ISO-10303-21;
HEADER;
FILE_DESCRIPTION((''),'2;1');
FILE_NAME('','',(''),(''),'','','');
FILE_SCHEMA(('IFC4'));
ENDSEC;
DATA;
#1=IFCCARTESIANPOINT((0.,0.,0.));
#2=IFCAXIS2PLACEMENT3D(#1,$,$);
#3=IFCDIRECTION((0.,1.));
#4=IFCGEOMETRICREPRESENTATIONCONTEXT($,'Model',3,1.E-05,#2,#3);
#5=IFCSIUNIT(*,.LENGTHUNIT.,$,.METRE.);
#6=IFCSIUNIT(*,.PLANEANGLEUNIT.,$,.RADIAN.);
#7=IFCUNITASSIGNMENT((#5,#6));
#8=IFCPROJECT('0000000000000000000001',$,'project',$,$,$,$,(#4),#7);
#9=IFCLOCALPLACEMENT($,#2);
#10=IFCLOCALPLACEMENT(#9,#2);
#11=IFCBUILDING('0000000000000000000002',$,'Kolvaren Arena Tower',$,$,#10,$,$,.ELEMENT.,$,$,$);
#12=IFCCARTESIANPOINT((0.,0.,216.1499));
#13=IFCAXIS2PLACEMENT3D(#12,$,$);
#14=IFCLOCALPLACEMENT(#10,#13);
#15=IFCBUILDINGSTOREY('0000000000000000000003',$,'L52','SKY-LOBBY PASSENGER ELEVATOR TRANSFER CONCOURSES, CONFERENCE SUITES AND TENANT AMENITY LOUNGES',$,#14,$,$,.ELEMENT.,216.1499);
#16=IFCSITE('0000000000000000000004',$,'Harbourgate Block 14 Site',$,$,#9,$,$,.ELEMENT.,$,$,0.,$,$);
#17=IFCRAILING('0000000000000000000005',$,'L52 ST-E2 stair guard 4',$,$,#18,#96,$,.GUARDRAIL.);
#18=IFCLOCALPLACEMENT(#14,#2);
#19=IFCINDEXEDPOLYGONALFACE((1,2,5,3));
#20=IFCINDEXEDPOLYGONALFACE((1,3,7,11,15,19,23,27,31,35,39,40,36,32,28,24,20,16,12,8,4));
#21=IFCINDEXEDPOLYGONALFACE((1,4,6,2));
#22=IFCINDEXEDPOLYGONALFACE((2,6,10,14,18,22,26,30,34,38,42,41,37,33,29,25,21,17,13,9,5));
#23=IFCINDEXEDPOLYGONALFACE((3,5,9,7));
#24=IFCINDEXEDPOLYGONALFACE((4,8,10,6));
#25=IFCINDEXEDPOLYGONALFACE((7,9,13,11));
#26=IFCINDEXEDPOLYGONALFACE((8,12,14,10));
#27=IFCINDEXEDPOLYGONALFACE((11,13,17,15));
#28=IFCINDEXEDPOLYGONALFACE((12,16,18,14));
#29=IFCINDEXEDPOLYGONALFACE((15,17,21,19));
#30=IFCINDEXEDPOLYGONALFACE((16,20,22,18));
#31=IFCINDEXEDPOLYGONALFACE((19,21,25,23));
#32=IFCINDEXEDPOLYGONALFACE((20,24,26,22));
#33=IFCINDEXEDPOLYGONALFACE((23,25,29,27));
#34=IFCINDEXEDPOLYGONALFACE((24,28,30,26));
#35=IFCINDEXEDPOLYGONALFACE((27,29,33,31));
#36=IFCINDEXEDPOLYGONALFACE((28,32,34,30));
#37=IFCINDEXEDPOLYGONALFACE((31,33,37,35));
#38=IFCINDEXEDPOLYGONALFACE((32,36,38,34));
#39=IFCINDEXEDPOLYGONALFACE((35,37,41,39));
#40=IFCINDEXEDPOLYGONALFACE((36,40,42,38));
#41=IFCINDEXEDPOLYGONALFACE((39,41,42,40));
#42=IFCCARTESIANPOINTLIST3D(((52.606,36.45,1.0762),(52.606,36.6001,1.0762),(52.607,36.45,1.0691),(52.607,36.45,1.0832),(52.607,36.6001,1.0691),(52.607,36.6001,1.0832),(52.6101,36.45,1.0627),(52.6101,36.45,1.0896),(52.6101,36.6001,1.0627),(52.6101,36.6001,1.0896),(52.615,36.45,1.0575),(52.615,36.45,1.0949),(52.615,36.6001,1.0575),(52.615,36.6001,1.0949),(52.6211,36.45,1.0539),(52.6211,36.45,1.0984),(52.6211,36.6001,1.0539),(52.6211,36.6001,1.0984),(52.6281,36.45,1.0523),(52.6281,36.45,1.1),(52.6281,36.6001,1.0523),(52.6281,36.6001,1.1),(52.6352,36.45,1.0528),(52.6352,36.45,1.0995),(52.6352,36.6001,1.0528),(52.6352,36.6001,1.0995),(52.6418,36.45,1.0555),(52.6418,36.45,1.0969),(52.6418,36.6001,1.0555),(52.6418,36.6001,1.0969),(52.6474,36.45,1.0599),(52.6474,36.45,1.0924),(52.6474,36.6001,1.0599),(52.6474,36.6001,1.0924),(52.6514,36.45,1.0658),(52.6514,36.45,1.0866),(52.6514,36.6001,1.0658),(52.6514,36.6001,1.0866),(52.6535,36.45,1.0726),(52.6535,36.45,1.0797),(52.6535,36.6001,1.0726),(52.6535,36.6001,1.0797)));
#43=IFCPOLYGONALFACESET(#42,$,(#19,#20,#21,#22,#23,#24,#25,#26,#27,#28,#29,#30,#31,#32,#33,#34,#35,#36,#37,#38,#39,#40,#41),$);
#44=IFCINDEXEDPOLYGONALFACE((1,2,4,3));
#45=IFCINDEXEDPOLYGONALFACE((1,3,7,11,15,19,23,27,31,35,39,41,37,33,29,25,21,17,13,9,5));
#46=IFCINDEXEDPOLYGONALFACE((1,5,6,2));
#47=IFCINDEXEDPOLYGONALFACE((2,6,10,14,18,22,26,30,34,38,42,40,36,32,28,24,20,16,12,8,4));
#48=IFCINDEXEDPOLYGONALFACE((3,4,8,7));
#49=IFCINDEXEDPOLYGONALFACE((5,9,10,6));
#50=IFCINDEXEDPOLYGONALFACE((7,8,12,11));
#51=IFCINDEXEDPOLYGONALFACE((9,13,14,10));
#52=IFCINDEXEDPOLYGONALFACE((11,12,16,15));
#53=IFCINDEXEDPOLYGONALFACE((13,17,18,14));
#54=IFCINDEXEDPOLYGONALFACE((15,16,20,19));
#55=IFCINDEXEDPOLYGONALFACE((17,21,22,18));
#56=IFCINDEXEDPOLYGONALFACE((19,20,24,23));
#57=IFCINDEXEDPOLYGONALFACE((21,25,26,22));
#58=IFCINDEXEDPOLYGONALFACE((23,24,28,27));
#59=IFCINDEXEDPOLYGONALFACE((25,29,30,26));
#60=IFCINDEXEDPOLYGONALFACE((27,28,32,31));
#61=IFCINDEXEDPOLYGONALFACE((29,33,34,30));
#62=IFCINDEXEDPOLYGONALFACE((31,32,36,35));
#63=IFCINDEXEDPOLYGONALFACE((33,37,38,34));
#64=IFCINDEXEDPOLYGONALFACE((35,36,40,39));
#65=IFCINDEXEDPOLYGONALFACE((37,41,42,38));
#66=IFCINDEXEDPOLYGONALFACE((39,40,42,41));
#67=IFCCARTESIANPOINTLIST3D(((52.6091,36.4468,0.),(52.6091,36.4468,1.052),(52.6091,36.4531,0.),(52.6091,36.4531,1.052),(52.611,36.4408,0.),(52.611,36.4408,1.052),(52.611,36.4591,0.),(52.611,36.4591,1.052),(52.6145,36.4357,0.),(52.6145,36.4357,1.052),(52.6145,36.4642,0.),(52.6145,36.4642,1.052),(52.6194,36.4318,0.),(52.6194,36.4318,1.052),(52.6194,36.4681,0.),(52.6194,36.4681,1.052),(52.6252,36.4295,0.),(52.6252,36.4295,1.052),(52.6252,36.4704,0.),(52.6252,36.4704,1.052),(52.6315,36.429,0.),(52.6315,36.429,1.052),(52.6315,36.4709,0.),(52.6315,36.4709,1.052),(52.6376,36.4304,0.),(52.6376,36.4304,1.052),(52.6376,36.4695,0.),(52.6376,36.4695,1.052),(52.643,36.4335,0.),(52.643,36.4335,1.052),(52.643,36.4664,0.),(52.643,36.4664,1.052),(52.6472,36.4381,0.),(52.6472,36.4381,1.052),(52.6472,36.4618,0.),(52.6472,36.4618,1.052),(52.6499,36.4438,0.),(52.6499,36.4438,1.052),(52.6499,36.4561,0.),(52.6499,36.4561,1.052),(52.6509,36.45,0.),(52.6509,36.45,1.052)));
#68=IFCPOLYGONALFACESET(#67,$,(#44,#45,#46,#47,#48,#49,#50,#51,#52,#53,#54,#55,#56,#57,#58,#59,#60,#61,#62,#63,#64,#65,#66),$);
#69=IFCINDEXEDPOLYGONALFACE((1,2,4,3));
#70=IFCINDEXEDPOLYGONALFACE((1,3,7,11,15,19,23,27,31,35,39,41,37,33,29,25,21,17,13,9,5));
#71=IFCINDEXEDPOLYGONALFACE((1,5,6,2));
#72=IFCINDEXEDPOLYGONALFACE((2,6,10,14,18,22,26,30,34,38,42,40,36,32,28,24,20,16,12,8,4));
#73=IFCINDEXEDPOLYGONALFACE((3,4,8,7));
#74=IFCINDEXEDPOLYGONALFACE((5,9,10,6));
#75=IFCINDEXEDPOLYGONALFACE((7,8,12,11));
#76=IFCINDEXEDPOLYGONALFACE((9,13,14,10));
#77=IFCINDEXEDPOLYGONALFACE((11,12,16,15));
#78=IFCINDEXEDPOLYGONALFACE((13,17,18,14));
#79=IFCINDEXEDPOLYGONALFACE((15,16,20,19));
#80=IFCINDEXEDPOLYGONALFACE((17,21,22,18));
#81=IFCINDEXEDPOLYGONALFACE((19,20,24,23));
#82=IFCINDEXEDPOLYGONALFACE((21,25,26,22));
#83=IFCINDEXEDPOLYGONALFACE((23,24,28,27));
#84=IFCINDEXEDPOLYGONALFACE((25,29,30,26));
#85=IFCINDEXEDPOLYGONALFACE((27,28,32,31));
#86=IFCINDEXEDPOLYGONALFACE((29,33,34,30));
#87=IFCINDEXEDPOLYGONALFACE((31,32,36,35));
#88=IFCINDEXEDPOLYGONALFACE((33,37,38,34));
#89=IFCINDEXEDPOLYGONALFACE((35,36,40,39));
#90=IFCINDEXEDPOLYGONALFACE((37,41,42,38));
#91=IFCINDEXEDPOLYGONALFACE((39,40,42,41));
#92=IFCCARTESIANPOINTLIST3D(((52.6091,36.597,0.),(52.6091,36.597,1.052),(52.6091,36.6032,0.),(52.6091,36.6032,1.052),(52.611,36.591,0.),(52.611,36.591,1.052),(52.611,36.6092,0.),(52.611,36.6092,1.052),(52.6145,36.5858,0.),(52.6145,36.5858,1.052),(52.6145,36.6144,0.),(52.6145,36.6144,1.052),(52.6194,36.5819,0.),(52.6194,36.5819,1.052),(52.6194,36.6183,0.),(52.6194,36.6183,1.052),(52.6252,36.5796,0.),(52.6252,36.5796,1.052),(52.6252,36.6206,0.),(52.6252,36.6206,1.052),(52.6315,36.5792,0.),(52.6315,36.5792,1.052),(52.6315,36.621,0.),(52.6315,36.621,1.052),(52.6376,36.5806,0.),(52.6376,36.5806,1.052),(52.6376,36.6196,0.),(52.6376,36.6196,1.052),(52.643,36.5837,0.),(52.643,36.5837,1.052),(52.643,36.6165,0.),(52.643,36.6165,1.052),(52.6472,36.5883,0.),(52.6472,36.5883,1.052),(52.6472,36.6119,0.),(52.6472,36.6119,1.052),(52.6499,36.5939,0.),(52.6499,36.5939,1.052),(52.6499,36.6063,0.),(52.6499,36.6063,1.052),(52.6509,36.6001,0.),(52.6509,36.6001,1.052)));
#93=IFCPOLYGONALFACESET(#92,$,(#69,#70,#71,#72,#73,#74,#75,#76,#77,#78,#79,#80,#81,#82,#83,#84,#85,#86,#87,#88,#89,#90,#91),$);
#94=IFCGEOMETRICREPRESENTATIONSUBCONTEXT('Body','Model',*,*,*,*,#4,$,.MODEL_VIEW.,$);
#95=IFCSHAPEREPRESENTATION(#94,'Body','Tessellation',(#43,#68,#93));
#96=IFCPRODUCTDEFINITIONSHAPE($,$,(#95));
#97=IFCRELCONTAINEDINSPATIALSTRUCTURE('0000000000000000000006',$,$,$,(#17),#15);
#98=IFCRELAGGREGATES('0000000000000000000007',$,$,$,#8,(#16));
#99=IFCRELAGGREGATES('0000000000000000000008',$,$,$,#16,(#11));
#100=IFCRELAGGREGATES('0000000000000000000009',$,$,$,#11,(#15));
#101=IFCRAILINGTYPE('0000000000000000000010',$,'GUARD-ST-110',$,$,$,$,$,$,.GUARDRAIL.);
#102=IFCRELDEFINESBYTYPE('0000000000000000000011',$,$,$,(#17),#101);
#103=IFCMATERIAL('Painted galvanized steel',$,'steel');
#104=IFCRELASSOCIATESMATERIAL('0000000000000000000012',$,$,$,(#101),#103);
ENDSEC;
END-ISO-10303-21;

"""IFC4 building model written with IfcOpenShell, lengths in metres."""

from ifc_helpers import new_model, si_unit, direction, frame, origin, origin_2d, place, context, subcontext, project, spatial, circle, extrude, material, type_object, element, save


model = new_model("IFC4")

# Units and contexts
model_context = context("Model", 3, precision=1e-05, world=origin(), true_north=direction((0.0, 1.0)))
body_context = subcontext(model_context, "Body", "Model", "MODEL_VIEW")
ifc_project = project(units=[si_unit("LENGTHUNIT", "METRE"), si_unit("PLANEANGLEUNIT", "RADIAN")], contexts=[model_context])

# Site, building, storey
site_placement = place(None, origin())
site = spatial("IfcSite", under=ifc_project, at=site_placement, Name="Harbourgate Block 14 Site", CompositionType="ELEMENT", RefElevation=0.0)
building_placement = place(site_placement, origin())
building = spatial("IfcBuilding", under=site, at=building_placement, Name="Kolvaren Arena Tower", CompositionType="ELEMENT")
storey_placement = place(building_placement, frame((0.0, 0.0, 216.1499)))
storey = spatial("IfcBuildingStorey", under=building, at=storey_placement, Name="L52", Description="SKY-LOBBY PASSENGER ELEVATOR TRANSFER CONCOURSES, CONFERENCE SUITES AND TENANT AMENITY LOUNGES", CompositionType="ELEMENT", Elevation=216.1499)

# Railing
ifc_material_1 = material(Name="Painted galvanized steel", Category="steel")
railing_type_1 = type_object("IfcRailingType", Name="GUARD-ST-110", PredefinedType="GUARDRAIL", material=ifc_material_1)
railing_1_placement = place(storey_placement, frame((52.6299, 36.45, 0.0)))
element("IfcRailing", 1, at=railing_1_placement, inside=storey, type_object=railing_type_1, Name="L52 ST-E2 stair guard 4", PredefinedType="GUARDRAIL", context=body_context, shape_type="SweptSolid", body=[
    extrude(circle(Radius=0.0239, at=origin_2d()), frame((0.0, 0.0, 1.0762), z_axis=(0.0, 1.0, 0.0), x_axis=(-1.0, 0.0, 0.0)), (0.0, 0.0, 1.0), 0.1501),
    extrude(circle(Radius=0.021, at=origin_2d()), origin(), (0.0, 0.0, 1.0), 1.052),
    extrude(circle(Radius=0.021, at=origin_2d()), frame((0.0, 0.1501, 0.0)), (0.0, 0.0, 1.0), 1.052),
])

save(model, "model.ifc")
